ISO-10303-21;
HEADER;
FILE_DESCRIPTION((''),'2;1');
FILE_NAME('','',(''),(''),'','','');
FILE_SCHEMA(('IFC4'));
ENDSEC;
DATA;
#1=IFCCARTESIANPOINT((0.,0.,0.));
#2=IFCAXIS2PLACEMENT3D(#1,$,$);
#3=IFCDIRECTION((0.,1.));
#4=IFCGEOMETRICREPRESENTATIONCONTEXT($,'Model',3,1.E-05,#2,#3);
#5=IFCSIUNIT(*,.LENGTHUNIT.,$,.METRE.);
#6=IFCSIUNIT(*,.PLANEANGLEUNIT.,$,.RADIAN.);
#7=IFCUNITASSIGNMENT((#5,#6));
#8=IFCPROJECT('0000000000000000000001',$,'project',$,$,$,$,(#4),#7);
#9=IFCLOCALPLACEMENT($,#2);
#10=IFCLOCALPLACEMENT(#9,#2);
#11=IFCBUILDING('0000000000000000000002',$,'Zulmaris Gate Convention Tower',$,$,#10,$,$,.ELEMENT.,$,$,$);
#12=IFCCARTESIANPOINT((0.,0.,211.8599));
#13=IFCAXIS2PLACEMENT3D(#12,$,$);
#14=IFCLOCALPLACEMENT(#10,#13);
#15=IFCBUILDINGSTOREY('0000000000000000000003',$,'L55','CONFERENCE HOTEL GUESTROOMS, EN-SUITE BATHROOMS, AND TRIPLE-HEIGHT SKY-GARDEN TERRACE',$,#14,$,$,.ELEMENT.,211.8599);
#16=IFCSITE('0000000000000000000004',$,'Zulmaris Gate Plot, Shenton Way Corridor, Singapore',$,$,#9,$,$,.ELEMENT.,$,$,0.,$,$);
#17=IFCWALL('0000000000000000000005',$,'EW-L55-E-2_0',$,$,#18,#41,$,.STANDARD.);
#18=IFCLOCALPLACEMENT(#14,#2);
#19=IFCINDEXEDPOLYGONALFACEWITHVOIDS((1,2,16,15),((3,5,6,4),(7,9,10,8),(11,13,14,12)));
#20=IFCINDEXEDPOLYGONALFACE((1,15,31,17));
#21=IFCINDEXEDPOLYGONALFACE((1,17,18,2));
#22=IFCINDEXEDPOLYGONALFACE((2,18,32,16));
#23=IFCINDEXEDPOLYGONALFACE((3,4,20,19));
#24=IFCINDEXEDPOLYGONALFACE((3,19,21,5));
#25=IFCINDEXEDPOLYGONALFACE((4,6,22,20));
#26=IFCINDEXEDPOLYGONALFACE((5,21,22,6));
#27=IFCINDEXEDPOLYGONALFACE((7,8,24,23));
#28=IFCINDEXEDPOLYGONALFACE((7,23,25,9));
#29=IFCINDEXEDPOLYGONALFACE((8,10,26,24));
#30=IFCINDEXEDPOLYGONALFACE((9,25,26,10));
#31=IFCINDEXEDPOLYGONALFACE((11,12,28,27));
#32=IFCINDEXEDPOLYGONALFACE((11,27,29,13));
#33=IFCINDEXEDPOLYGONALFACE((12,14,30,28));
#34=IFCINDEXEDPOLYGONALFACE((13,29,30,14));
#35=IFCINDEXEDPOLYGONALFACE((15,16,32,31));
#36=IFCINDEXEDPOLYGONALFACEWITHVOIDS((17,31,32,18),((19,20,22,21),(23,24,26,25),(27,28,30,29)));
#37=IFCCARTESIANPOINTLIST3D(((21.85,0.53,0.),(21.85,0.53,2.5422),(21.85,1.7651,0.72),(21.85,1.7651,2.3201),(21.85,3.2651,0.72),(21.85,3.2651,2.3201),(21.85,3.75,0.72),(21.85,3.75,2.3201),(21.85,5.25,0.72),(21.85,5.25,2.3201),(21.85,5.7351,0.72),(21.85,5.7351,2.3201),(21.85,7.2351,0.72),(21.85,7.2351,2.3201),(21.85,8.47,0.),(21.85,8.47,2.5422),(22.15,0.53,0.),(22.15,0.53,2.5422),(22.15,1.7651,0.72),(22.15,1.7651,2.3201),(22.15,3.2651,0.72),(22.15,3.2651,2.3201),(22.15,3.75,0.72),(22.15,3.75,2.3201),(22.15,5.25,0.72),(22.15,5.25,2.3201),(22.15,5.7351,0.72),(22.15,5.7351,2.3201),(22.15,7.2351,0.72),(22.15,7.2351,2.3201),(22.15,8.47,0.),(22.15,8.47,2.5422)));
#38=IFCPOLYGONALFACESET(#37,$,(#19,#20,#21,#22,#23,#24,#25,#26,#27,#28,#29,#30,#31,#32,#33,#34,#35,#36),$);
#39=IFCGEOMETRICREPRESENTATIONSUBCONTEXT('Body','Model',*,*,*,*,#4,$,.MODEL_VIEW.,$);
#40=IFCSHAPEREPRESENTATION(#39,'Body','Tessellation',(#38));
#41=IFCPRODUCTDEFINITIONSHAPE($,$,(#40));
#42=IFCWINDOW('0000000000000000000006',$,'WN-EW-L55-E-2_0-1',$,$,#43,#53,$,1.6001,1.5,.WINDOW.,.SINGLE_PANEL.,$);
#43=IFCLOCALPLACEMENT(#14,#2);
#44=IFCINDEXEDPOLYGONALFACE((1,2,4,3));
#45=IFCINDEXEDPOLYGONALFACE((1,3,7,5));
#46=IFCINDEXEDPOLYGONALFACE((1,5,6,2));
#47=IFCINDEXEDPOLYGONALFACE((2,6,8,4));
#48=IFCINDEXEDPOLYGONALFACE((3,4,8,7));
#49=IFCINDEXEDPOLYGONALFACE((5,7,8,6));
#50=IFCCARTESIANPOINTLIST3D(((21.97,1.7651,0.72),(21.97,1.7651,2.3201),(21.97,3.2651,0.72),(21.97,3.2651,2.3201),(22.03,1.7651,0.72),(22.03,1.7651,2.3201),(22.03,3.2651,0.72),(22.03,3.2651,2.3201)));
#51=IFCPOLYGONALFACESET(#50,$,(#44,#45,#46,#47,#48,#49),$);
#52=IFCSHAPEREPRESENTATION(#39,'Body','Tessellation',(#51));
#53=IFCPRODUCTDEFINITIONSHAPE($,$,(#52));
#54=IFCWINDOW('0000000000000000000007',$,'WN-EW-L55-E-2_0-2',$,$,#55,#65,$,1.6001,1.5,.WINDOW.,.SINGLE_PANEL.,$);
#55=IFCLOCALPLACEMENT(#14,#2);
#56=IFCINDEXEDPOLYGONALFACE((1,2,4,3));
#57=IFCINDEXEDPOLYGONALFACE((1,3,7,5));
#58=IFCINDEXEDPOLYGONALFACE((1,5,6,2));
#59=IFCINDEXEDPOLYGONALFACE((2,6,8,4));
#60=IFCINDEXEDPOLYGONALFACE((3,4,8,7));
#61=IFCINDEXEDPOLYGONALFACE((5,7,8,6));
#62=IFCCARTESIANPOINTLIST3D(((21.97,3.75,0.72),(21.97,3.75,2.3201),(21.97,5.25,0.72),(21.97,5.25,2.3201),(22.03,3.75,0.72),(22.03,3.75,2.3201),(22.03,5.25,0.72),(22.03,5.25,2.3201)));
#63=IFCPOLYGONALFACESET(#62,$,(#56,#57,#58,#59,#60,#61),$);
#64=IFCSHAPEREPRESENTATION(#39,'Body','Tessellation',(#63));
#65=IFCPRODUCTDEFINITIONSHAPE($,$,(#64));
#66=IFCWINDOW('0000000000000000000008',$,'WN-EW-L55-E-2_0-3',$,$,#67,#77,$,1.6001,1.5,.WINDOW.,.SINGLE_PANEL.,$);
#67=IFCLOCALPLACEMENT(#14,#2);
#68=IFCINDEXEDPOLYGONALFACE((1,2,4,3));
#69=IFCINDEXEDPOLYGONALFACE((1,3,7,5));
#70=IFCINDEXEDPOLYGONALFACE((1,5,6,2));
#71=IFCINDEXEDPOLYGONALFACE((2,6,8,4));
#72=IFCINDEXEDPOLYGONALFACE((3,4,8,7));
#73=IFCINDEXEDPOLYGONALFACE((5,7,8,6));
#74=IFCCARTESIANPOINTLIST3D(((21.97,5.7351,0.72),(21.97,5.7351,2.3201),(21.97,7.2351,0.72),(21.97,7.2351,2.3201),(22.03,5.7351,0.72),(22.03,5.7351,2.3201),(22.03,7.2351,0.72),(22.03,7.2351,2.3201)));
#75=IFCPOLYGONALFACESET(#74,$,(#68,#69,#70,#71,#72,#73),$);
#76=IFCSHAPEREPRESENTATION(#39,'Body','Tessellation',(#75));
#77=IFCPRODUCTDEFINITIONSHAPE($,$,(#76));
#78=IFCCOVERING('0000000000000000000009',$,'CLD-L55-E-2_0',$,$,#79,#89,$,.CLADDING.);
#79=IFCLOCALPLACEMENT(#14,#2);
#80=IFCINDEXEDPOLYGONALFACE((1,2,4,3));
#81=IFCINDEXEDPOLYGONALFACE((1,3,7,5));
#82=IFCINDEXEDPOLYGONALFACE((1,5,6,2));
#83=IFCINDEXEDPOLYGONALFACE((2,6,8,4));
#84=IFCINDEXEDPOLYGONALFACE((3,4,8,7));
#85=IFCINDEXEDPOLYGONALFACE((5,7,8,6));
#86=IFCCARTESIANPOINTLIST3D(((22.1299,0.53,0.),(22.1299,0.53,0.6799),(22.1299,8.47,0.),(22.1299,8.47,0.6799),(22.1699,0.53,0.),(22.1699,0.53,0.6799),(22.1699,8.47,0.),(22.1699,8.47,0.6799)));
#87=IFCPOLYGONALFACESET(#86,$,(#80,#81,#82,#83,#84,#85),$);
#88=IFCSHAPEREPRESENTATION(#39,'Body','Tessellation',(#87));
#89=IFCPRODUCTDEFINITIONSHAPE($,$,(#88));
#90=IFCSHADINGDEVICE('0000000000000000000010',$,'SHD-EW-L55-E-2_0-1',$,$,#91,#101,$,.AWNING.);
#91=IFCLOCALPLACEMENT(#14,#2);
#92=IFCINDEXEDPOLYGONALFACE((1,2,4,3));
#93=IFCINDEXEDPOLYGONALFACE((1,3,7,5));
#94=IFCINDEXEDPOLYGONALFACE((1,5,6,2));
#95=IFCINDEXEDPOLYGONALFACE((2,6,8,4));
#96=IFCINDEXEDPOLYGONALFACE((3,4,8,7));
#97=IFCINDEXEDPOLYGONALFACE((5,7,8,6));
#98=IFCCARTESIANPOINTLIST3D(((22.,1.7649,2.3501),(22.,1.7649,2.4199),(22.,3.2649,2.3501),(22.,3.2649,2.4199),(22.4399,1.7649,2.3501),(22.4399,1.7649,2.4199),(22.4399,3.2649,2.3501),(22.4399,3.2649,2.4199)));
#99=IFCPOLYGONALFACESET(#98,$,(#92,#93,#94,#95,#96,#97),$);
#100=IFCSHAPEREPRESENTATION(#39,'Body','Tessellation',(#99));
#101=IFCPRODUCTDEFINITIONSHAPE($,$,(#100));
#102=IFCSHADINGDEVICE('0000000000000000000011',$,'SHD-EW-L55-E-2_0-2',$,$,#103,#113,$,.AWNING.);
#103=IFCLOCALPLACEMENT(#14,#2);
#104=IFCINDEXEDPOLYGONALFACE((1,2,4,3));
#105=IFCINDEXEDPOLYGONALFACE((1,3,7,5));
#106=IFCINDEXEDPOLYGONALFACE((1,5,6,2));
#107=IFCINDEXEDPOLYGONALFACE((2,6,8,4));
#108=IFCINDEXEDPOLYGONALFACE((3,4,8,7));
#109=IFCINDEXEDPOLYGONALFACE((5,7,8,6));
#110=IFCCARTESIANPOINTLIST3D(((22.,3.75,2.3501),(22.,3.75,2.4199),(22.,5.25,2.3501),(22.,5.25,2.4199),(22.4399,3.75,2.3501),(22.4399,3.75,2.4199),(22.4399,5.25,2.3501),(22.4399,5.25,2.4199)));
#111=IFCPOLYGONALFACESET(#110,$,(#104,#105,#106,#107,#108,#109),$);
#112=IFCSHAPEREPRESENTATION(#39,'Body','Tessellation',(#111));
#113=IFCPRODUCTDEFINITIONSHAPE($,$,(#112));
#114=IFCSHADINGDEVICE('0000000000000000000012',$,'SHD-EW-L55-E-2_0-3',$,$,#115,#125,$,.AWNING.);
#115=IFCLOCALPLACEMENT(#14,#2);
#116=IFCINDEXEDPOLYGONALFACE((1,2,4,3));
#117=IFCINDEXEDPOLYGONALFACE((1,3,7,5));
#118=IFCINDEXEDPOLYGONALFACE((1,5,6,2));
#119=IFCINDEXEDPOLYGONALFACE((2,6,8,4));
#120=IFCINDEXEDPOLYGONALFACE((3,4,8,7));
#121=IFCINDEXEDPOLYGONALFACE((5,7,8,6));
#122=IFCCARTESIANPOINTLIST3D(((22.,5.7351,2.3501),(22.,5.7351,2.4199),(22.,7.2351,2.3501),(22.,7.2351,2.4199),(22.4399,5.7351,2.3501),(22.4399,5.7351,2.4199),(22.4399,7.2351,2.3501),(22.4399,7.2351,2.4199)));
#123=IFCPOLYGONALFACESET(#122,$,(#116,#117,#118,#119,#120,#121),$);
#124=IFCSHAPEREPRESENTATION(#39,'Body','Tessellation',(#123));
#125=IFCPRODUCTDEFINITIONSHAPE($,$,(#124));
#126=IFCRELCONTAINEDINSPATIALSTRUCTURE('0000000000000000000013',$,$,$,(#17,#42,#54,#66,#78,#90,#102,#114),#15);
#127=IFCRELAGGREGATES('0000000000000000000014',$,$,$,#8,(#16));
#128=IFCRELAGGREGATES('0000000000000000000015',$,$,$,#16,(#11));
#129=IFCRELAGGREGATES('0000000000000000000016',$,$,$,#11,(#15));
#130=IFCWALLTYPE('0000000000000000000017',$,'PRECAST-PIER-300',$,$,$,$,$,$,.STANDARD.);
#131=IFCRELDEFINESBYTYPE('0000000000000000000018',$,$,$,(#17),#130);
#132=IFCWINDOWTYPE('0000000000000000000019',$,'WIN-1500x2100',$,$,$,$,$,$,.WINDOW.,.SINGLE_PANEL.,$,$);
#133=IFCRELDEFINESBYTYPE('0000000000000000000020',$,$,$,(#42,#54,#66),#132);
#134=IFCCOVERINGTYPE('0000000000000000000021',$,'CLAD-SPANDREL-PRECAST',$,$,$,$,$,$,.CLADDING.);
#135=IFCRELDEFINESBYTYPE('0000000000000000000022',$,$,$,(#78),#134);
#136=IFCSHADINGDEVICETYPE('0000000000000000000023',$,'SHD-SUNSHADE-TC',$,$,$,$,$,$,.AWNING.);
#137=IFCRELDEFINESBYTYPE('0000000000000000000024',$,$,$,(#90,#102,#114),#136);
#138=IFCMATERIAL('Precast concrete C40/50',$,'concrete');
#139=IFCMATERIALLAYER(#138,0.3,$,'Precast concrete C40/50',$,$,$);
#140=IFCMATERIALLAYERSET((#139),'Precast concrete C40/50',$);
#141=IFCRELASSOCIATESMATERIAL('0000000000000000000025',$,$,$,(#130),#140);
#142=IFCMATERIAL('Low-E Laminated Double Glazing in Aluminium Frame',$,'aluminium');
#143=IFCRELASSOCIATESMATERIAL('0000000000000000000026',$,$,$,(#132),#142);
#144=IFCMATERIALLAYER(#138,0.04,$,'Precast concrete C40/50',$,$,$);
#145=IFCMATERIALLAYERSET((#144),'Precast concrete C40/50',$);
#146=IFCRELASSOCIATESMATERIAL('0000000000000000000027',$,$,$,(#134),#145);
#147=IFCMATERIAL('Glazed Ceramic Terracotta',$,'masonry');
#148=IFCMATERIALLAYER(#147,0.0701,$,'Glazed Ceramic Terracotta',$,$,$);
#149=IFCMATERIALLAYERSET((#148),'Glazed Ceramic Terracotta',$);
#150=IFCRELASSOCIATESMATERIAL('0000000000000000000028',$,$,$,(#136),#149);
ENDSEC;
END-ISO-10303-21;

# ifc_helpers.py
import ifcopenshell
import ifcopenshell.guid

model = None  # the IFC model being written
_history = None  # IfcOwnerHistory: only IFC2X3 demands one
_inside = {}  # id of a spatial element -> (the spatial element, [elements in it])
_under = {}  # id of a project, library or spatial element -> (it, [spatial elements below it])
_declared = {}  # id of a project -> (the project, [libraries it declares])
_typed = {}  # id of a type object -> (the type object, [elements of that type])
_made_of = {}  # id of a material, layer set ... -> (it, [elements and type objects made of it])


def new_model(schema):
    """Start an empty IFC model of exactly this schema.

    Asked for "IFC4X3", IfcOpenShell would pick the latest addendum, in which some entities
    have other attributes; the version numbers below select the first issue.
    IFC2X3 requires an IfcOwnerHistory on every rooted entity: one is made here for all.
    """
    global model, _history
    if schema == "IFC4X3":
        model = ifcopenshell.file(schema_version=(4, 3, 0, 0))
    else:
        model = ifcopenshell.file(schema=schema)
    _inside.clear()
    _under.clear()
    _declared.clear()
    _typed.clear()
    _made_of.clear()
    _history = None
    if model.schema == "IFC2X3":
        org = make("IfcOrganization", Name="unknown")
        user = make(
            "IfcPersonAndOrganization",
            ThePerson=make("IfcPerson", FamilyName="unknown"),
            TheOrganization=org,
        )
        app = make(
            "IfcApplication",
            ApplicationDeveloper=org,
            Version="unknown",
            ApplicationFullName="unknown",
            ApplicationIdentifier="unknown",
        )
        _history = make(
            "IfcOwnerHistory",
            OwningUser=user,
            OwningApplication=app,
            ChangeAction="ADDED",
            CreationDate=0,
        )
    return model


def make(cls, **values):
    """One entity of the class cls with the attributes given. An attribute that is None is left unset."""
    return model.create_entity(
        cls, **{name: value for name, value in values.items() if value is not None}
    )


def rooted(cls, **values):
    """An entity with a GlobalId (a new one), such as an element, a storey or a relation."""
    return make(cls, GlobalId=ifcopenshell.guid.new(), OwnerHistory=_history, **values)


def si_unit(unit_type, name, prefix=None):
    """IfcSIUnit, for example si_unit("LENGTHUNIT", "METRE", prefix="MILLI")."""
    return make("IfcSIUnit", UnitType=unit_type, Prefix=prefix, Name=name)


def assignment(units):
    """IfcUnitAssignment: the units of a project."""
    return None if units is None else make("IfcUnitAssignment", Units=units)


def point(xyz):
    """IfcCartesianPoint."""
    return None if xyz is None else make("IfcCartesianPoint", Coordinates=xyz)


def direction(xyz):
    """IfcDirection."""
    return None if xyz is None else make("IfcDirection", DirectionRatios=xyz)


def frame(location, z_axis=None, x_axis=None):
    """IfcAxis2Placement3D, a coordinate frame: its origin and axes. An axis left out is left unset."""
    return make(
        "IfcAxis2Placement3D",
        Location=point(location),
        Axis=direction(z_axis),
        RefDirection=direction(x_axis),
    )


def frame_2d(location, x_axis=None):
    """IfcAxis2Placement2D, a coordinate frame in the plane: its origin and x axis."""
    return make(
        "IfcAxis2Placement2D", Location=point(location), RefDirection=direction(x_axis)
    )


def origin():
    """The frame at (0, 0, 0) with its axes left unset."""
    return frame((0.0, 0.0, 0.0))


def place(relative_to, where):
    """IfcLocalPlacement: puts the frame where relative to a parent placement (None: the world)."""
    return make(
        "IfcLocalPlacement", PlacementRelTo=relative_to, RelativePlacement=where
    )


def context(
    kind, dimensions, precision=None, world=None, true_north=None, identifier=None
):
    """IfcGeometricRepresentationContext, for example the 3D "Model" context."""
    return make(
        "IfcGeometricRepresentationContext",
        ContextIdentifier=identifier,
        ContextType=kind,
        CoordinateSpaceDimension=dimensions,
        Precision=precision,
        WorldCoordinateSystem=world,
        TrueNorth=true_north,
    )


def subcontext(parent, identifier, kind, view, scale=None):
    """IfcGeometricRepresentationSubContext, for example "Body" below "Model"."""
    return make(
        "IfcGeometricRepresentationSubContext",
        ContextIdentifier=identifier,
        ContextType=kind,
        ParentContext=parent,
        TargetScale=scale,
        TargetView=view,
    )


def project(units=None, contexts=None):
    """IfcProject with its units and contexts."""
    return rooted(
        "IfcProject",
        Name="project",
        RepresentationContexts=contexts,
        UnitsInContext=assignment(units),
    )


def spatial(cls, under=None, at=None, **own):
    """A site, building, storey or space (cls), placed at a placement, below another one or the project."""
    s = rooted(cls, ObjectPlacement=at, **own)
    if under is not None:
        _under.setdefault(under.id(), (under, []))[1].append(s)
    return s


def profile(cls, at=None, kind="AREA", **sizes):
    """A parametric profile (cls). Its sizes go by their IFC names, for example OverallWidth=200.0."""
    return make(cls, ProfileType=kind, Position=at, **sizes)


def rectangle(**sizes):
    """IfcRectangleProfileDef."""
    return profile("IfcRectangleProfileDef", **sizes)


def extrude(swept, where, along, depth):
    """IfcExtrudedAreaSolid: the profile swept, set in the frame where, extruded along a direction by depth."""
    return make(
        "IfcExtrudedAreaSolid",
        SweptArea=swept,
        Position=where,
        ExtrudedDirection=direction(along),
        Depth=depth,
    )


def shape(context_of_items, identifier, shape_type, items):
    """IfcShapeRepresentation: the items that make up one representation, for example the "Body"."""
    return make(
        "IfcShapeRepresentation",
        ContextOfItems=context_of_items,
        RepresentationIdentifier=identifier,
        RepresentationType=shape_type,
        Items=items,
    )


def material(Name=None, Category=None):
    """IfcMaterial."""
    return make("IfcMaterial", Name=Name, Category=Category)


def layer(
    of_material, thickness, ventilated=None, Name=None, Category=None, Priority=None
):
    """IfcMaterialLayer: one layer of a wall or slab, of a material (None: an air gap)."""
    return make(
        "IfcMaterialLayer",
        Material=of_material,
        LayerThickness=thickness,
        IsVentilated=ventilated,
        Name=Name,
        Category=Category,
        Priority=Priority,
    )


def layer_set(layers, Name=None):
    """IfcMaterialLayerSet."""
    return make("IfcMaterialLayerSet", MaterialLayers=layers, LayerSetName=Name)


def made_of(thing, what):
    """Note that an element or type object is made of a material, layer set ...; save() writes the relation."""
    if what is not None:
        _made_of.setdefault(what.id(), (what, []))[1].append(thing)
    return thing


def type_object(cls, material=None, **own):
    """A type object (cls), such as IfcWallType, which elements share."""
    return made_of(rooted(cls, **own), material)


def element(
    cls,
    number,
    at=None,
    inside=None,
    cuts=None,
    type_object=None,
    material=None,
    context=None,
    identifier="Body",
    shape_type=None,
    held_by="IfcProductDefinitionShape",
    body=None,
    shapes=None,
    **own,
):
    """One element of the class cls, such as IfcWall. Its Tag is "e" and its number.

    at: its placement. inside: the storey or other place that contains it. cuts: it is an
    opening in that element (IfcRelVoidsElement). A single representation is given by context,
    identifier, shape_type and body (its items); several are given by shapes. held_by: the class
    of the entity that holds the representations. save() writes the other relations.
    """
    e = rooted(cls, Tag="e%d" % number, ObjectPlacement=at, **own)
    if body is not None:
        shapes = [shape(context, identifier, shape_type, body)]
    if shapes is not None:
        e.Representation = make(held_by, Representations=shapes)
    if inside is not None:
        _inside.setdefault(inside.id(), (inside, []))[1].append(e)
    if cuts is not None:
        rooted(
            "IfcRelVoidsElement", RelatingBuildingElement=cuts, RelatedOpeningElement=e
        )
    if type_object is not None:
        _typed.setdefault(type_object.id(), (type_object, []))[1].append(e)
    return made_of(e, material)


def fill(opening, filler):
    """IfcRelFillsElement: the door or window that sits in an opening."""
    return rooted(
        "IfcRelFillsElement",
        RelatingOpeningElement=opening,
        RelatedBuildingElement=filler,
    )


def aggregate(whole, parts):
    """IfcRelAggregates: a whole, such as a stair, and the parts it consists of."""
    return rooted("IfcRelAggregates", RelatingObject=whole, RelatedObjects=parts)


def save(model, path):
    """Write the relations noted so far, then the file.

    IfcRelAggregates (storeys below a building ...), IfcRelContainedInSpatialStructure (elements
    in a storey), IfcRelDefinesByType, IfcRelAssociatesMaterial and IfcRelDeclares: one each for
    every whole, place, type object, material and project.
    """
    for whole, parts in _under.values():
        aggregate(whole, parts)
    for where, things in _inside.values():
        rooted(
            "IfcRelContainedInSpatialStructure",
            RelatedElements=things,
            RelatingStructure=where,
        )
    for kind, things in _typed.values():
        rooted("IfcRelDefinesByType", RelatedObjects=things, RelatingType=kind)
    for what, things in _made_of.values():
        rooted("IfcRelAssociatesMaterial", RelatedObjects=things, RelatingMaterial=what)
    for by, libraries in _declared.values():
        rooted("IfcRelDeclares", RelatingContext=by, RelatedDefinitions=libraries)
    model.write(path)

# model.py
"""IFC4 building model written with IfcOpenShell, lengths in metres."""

from ifc_helpers import new_model, si_unit, direction, frame, frame_2d, origin, place, context, subcontext, project, spatial, rectangle, extrude, material, layer, layer_set, type_object, element, fill, save


model = new_model("IFC4")

# Units and contexts
model_context = context("Model", 3, precision=1e-05, world=origin(), true_north=direction((0.0, 1.0)))
body_context = subcontext(model_context, "Body", "Model", "MODEL_VIEW")
ifc_project = project(units=[si_unit("LENGTHUNIT", "METRE"), si_unit("PLANEANGLEUNIT", "RADIAN")], contexts=[model_context])

# Site, building, storey
site_placement = place(None, origin())
site = spatial("IfcSite", under=ifc_project, at=site_placement, Name="Zulmaris Gate Plot, Shenton Way Corridor, Singapore", CompositionType="ELEMENT", RefElevation=0.0)
building_placement = place(site_placement, origin())
building = spatial("IfcBuilding", under=site, at=building_placement, Name="Zulmaris Gate Convention Tower", CompositionType="ELEMENT")
storey_placement = place(building_placement, frame((0.0, 0.0, 211.8599)))
storey = spatial("IfcBuildingStorey", under=building, at=storey_placement, Name="L55", Description="CONFERENCE HOTEL GUESTROOMS, EN-SUITE BATHROOMS, AND TRIPLE-HEIGHT SKY-GARDEN TERRACE", CompositionType="ELEMENT", Elevation=211.8599)

# Wall, openings, windows
ifc_material_1 = material(Name="Precast concrete C40/50", Category="concrete")
ifc_layer_1 = layer(ifc_material_1, 0.3, Name="Precast concrete C40/50")
ifc_layer_set_1 = layer_set([ifc_layer_1], Name="Precast concrete C40/50")
wall_type_1 = type_object("IfcWallType", Name="PRECAST-PIER-300", PredefinedType="STANDARD", material=ifc_layer_set_1)
wall_1_placement = place(storey_placement, frame((22.0, 0.53, 0.0), z_axis=(0.0, 0.0, 1.0), x_axis=(0.0, 1.0, 0.0)))
wall_1 = element("IfcWall", 1, at=wall_1_placement, inside=storey, type_object=wall_type_1, Name="EW-L55-E-2_0", PredefinedType="STANDARD", context=body_context, shape_type="SweptSolid", body=[
    extrude(rectangle(XDim=7.9399, YDim=0.3, at=frame_2d((3.97, 0.0))), origin(), (0.0, 0.0, 1.0), 2.5422),
])
opening_1_placement = place(wall_1_placement, frame((1.2351, 0.0, 0.72)))
opening_1 = element("IfcOpeningElement", 2, at=opening_1_placement, cuts=wall_1, PredefinedType="OPENING", context=body_context, shape_type="SweptSolid", body=[
    extrude(rectangle(XDim=1.5, YDim=1.6001, at=frame_2d((0.75, 0.8))), frame((0.0, 0.1602, 0.0), z_axis=(0.0, -1.0, 0.0), x_axis=(1.0, 0.0, 0.0)), (0.0, 0.0, 1.0), 0.3201),
])
opening_2_placement = place(wall_1_placement, frame((3.22, 0.0, 0.72)))
opening_2 = element("IfcOpeningElement", 3, at=opening_2_placement, cuts=wall_1, PredefinedType="OPENING", context=body_context, shape_type="SweptSolid", body=[
    extrude(rectangle(XDim=1.5, YDim=1.6001, at=frame_2d((0.75, 0.8))), frame((0.0, 0.1602, 0.0), z_axis=(0.0, -1.0, 0.0), x_axis=(1.0, 0.0, 0.0)), (0.0, 0.0, 1.0), 0.3201),
])
opening_3_placement = place(wall_1_placement, frame((5.2051, 0.0, 0.72)))
opening_3 = element("IfcOpeningElement", 4, at=opening_3_placement, cuts=wall_1, PredefinedType="OPENING", context=body_context, shape_type="SweptSolid", body=[
    extrude(rectangle(XDim=1.5, YDim=1.6001, at=frame_2d((0.75, 0.8))), frame((0.0, 0.1602, 0.0), z_axis=(0.0, -1.0, 0.0), x_axis=(1.0, 0.0, 0.0)), (0.0, 0.0, 1.0), 0.3201),
])
ifc_material_2 = material(Name="Low-E Laminated Double Glazing in Aluminium Frame", Category="aluminium")
window_type = type_object("IfcWindowType", Name="WIN-1500x2100", PartitioningType="SINGLE_PANEL", PredefinedType="WINDOW", material=ifc_material_2)
window_1_placement = place(opening_1_placement, origin())
window_1 = element("IfcWindow", 5, at=window_1_placement, inside=storey, type_object=window_type, Name="WN-EW-L55-E-2_0-1", OverallHeight=1.6001, OverallWidth=1.5, PartitioningType="SINGLE_PANEL", PredefinedType="WINDOW", context=body_context, shape_type="SweptSolid", body=[
    extrude(rectangle(XDim=1.5, YDim=1.6001, at=frame_2d((0.75, 0.8))), frame((0.0, 0.03, 0.0), z_axis=(0.0, -1.0, 0.0), x_axis=(1.0, 0.0, 0.0)), (0.0, 0.0, 1.0), 0.0601),
])
fill(opening_1, window_1)
window_2_placement = place(opening_2_placement, origin())
window_2 = element("IfcWindow", 6, at=window_2_placement, inside=storey, type_object=window_type, Name="WN-EW-L55-E-2_0-2", OverallHeight=1.6001, OverallWidth=1.5, PartitioningType="SINGLE_PANEL", PredefinedType="WINDOW", context=body_context, shape_type="SweptSolid", body=[
    extrude(rectangle(XDim=1.5, YDim=1.6001, at=frame_2d((0.75, 0.8))), frame((0.0, 0.03, 0.0), z_axis=(0.0, -1.0, 0.0), x_axis=(1.0, 0.0, 0.0)), (0.0, 0.0, 1.0), 0.0601),
])
fill(opening_2, window_2)
window_3_placement = place(opening_3_placement, origin())
window_3 = element("IfcWindow", 7, at=window_3_placement, inside=storey, type_object=window_type, Name="WN-EW-L55-E-2_0-3", OverallHeight=1.6001, OverallWidth=1.5, PartitioningType="SINGLE_PANEL", PredefinedType="WINDOW", context=body_context, shape_type="SweptSolid", body=[
    extrude(rectangle(XDim=1.5, YDim=1.6001, at=frame_2d((0.75, 0.8))), frame((0.0, 0.03, 0.0), z_axis=(0.0, -1.0, 0.0), x_axis=(1.0, 0.0, 0.0)), (0.0, 0.0, 1.0), 0.0601),
])
fill(opening_3, window_3)

# Covering
ifc_layer_2 = layer(ifc_material_1, 0.04, Name="Precast concrete C40/50")
ifc_layer_set_2 = layer_set([ifc_layer_2], Name="Precast concrete C40/50")
covering_type = type_object("IfcCoveringType", Name="CLAD-SPANDREL-PRECAST", PredefinedType="CLADDING", material=ifc_layer_set_2)
covering_placement = place(storey_placement, frame((22.1499, 0.53, 0.0), z_axis=(0.0, 0.0, 1.0), x_axis=(0.0, 1.0, 0.0)))
element("IfcCovering", 8, at=covering_placement, inside=storey, type_object=covering_type, Name="CLD-L55-E-2_0", PredefinedType="CLADDING", context=body_context, shape_type="SweptSolid", body=[
    extrude(rectangle(XDim=7.9399, YDim=0.04, at=frame_2d((3.97, 0.0))), origin(), (0.0, 0.0, 1.0), 0.6799),
])

# Shading devices
ifc_material_3 = material(Name="Glazed Ceramic Terracotta", Category="masonry")
ifc_layer_3 = layer(ifc_material_3, 0.0701, Name="Glazed Ceramic Terracotta")
ifc_layer_set_3 = layer_set([ifc_layer_3], Name="Glazed Ceramic Terracotta")
shading_device_type = type_object("IfcShadingDeviceType", Name="SHD-SUNSHADE-TC", PredefinedType="AWNING", material=ifc_layer_set_3)
for number, where, z_axis, x_axis, name in (
    (9, (22.22, 1.7649, 2.3501), (0.0, 0.0, 1.0), (0.0, 1.0, 0.0), "SHD-EW-L55-E-2_0-1"),
    (10, (22.22, 3.75, 2.3501), (0.0, 0.0, 1.0), (0.0, 1.0, 0.0), "SHD-EW-L55-E-2_0-2"),
    (11, (22.22, 5.7351, 2.3501), (0.0, 0.0, 1.0), (0.0, 1.0, 0.0), "SHD-EW-L55-E-2_0-3"),
):
    element("IfcShadingDevice", number, at=place(storey_placement, frame(where, z_axis=z_axis, x_axis=x_axis)), inside=storey, type_object=shading_device_type, Name=name, PredefinedType="AWNING", context=body_context, shape_type="SweptSolid", body=[
        extrude(rectangle(XDim=1.5, YDim=0.4399, at=frame_2d((0.75, 0.0))), origin(), (0.0, 0.0, 1.0), 0.0698),
    ])

save(model, "model.ifc")
